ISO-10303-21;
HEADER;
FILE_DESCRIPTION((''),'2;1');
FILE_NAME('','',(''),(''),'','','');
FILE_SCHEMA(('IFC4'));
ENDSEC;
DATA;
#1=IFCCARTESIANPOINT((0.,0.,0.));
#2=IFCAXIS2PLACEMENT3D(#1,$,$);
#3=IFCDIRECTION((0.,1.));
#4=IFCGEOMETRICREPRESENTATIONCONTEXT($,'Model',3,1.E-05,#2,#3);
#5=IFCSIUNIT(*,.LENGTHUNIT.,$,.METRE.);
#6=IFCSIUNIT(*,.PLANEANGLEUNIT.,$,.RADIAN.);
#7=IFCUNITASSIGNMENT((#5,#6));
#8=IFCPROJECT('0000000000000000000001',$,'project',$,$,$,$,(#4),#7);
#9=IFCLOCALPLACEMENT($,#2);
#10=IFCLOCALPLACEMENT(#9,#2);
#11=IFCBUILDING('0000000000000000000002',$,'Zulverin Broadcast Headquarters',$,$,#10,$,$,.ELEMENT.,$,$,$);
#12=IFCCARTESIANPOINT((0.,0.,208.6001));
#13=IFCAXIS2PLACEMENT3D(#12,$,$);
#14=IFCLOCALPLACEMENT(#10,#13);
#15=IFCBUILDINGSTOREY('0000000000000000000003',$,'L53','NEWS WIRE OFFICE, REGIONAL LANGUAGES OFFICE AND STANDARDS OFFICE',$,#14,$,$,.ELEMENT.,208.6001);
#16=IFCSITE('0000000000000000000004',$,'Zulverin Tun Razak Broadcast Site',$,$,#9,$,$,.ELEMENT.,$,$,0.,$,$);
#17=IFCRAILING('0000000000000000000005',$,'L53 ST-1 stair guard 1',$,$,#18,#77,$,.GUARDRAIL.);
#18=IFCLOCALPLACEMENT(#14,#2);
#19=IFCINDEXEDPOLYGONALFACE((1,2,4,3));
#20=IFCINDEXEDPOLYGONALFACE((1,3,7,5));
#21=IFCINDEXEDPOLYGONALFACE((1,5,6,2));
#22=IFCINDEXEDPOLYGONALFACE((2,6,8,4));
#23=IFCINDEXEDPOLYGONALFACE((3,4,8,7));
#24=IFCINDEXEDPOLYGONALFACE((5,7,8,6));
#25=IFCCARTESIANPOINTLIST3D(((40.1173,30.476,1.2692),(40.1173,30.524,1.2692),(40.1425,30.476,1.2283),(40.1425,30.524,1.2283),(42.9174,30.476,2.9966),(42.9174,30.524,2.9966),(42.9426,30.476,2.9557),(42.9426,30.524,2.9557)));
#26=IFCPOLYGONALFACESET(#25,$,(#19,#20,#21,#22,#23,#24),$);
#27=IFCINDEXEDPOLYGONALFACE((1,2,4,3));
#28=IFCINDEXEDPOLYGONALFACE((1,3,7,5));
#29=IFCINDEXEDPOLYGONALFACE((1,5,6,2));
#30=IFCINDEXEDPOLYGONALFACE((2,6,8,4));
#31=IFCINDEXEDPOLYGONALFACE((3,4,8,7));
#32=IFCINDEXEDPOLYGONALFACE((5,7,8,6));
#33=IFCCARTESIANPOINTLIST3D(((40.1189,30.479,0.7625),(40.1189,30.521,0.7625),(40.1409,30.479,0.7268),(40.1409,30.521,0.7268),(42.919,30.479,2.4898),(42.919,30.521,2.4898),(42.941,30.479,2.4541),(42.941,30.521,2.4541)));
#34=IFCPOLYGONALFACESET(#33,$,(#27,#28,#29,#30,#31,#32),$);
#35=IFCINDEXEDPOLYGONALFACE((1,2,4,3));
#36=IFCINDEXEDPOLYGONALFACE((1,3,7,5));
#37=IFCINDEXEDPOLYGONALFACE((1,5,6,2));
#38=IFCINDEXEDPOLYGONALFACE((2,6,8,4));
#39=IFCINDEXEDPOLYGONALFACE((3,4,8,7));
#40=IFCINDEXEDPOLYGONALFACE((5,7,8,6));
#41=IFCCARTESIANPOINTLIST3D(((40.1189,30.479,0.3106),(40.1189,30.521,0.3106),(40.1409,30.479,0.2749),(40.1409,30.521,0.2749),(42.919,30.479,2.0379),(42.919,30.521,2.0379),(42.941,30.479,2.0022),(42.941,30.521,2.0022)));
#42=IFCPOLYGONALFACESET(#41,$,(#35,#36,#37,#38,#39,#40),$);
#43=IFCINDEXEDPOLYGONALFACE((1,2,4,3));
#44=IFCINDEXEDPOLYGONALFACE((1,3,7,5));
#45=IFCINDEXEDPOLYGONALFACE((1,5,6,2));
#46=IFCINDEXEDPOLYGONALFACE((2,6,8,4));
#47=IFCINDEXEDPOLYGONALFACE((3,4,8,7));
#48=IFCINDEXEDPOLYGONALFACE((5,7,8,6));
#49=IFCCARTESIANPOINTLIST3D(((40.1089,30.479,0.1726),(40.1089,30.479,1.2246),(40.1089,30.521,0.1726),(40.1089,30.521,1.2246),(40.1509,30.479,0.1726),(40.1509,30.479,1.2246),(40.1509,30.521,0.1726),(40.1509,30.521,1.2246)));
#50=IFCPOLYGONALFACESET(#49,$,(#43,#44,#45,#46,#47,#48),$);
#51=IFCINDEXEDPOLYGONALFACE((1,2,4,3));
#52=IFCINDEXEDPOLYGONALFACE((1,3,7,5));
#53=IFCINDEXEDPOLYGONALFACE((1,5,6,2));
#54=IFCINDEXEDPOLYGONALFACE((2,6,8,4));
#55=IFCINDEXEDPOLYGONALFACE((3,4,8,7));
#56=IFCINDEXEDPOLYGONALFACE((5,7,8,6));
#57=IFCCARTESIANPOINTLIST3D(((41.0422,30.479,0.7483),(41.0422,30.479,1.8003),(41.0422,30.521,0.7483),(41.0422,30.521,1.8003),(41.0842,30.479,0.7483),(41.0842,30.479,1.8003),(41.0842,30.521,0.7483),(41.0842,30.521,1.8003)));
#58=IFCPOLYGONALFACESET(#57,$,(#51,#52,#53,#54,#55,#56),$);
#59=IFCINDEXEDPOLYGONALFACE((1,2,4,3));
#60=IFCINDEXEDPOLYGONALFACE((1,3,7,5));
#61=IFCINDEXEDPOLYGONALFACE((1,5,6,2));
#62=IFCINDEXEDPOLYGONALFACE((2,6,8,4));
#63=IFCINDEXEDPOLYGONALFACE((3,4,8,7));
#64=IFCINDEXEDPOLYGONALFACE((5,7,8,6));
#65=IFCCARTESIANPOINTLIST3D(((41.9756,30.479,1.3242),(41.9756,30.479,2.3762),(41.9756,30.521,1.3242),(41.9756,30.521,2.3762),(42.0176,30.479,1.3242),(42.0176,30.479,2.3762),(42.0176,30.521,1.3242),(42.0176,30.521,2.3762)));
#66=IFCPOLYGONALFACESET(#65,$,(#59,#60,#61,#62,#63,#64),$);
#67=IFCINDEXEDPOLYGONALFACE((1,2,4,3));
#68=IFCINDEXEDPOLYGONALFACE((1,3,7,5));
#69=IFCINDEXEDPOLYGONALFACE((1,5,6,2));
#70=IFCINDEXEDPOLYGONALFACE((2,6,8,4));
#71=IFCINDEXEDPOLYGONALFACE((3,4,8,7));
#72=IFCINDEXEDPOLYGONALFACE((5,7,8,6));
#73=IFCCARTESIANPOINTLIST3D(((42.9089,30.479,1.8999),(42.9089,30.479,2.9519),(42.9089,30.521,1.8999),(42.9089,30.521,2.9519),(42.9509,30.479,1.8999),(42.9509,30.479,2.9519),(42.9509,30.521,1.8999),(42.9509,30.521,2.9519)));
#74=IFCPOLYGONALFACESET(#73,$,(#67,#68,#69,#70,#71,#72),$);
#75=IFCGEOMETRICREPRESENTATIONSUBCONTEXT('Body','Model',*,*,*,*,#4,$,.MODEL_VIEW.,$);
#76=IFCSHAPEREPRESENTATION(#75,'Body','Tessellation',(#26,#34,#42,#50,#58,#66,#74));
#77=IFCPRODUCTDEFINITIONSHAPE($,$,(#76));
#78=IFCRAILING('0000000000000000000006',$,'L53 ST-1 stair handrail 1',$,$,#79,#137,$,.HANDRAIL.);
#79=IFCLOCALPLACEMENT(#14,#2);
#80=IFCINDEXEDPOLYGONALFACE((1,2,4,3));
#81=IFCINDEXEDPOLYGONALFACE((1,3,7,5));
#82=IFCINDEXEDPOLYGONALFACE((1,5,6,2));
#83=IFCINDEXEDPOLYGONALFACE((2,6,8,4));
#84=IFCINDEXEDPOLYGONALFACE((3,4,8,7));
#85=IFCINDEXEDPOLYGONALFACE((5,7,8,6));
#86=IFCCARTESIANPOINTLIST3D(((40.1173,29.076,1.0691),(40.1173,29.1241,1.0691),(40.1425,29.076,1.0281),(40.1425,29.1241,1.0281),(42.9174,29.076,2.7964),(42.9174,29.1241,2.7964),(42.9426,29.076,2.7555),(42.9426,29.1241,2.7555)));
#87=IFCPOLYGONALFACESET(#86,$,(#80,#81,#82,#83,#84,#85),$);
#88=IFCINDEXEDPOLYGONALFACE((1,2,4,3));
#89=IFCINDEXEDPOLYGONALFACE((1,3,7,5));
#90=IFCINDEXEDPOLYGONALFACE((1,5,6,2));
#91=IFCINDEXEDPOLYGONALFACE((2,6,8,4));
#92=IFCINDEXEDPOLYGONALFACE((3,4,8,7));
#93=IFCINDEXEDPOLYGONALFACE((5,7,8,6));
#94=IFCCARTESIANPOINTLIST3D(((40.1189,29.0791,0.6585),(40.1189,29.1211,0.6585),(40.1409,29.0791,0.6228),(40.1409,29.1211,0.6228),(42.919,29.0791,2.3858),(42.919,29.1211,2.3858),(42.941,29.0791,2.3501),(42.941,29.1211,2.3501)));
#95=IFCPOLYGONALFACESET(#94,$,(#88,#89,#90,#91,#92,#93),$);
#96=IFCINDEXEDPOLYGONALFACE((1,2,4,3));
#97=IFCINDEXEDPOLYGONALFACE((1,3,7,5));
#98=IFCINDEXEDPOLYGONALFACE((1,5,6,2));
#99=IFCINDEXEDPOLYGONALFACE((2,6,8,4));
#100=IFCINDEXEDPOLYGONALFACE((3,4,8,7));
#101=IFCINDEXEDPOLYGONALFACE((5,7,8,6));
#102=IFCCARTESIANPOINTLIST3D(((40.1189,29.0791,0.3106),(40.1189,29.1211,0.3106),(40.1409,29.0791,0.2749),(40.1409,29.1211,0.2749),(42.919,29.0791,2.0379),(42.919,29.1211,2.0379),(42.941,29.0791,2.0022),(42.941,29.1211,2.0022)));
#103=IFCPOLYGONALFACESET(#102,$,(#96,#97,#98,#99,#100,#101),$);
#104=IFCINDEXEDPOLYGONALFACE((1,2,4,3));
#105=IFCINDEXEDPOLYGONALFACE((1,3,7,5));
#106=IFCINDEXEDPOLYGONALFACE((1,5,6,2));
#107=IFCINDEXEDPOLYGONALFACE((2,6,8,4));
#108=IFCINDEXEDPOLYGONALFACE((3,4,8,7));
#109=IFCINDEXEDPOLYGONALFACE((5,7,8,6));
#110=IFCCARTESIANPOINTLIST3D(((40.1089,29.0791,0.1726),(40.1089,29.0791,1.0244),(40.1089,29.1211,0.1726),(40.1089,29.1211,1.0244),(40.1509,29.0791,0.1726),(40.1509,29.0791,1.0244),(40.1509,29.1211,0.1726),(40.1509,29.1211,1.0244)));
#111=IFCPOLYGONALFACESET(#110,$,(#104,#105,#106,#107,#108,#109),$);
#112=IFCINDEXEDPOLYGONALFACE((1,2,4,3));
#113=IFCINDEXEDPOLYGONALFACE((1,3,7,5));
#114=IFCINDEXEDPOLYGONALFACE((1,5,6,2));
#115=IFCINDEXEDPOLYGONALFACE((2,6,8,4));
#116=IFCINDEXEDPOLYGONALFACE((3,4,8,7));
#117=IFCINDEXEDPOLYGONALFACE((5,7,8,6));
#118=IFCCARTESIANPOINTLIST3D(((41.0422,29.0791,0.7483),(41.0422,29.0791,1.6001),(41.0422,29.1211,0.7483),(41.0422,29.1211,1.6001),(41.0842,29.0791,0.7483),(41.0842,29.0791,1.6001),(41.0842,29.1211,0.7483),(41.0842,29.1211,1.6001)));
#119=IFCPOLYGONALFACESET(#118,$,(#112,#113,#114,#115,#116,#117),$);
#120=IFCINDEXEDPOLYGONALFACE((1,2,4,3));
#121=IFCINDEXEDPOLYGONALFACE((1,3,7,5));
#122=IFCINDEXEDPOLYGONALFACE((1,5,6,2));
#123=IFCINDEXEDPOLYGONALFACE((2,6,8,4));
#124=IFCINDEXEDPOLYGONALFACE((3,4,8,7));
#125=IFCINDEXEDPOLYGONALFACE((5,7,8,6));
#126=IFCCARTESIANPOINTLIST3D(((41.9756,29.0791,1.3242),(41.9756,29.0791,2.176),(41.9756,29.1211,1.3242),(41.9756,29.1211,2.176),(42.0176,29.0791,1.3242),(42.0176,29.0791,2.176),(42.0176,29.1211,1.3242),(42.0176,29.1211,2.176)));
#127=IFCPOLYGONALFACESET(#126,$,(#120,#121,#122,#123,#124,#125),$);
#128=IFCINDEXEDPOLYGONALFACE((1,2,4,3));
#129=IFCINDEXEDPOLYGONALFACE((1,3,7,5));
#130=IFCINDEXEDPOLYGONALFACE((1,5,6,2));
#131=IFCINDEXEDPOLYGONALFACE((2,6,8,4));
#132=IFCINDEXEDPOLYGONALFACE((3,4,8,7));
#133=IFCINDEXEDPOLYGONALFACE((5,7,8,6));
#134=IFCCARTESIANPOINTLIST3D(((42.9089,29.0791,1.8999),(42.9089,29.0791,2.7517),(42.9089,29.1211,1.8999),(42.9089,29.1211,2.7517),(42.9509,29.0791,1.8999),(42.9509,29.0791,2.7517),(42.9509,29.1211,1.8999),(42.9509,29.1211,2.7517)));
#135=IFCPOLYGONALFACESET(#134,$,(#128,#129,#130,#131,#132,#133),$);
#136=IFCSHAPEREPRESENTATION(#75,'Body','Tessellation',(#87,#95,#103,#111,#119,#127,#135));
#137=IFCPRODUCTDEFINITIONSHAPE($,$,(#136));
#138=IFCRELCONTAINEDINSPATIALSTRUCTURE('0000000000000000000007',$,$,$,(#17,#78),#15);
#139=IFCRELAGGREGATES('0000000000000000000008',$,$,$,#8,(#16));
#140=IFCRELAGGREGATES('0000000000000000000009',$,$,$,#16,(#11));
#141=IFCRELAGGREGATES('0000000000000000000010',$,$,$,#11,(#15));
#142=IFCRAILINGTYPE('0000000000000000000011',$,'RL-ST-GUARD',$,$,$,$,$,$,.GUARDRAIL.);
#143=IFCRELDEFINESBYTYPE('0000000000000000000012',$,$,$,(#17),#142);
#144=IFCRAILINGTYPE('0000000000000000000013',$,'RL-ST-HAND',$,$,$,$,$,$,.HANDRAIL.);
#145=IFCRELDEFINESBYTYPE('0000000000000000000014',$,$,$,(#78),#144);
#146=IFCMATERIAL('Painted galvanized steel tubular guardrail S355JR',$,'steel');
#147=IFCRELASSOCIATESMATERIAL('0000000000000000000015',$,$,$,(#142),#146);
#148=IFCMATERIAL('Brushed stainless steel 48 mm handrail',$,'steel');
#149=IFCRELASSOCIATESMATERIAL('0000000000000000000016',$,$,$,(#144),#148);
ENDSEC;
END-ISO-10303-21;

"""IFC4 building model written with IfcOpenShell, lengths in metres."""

from ifc_helpers import new_model, si_unit, direction, frame, origin, origin_2d, place, context, subcontext, project, spatial, rectangle, extrude, material, type_object, element, save


model = new_model("IFC4")

# Units and contexts
model_context = context("Model", 3, precision=1e-05, world=origin(), true_north=direction((0.0, 1.0)))
body_context = subcontext(model_context, "Body", "Model", "MODEL_VIEW")
ifc_project = project(units=[si_unit("LENGTHUNIT", "METRE"), si_unit("PLANEANGLEUNIT", "RADIAN")], contexts=[model_context])

# Site, building, storey
site_placement = place(None, origin())
site = spatial("IfcSite", under=ifc_project, at=site_placement, Name="Zulverin Tun Razak Broadcast Site", CompositionType="ELEMENT", RefElevation=0.0)
building_placement = place(site_placement, origin())
building = spatial("IfcBuilding", under=site, at=building_placement, Name="Zulverin Broadcast Headquarters", CompositionType="ELEMENT")
storey_placement = place(building_placement, frame((0.0, 0.0, 208.6001)))
storey = spatial("IfcBuildingStorey", under=building, at=storey_placement, Name="L53", Description="NEWS WIRE OFFICE, REGIONAL LANGUAGES OFFICE AND STANDARDS OFFICE", CompositionType="ELEMENT", Elevation=208.6001)

# Railings
ifc_material_1 = material(Name="Painted galvanized steel tubular guardrail S355JR", Category="steel")
railing_type_1 = type_object("IfcRailingType", Name="RL-ST-GUARD", PredefinedType="GUARDRAIL", material=ifc_material_1)
railing_1_placement = place(storey_placement, frame((40.1299, 30.5, 0.1726)))
element("IfcRailing", 1, at=railing_1_placement, inside=storey, type_object=railing_type_1, Name="L53 ST-1 stair guard 1", PredefinedType="GUARDRAIL", context=body_context, shape_type="SweptSolid", body=[
    extrude(rectangle(XDim=0.0481, YDim=0.0481, at=origin_2d()), frame((0.0, 0.0, 1.0762), z_axis=(0.85109, 0.0, 0.52502), x_axis=(0.0, 1.0, 0.0)), (0.0, 0.0, 1.0), 3.29),
    extrude(rectangle(XDim=0.042, YDim=0.042, at=origin_2d()), frame((0.0, 0.0, 0.572), z_axis=(0.85109, 0.0, 0.52502), x_axis=(0.0, 1.0, 0.0)), (0.0, 0.0, 1.0), 3.29),
    extrude(rectangle(XDim=0.042, YDim=0.042, at=origin_2d()), frame((0.0, 0.0, 0.1201), z_axis=(0.85109, 0.0, 0.52502), x_axis=(0.0, 1.0, 0.0)), (0.0, 0.0, 1.0), 3.29),
    extrude(rectangle(XDim=0.042, YDim=0.042, at=origin_2d()), origin(), (0.0, 0.0, 1.0), 1.052),
    extrude(rectangle(XDim=0.042, YDim=0.042, at=origin_2d()), frame((0.9333, 0.0, 0.5757)), (0.0, 0.0, 1.0), 1.052),
    extrude(rectangle(XDim=0.042, YDim=0.042, at=origin_2d()), frame((1.8667, 0.0, 1.1516)), (0.0, 0.0, 1.0), 1.052),
    extrude(rectangle(XDim=0.042, YDim=0.042, at=origin_2d()), frame((2.8, 0.0, 1.7273)), (0.0, 0.0, 1.0), 1.052),
])
ifc_material_2 = material(Name="Brushed stainless steel 48 mm handrail", Category="steel")
railing_type_2 = type_object("IfcRailingType", Name="RL-ST-HAND", PredefinedType="HANDRAIL", material=ifc_material_2)
railing_2_placement = place(storey_placement, frame((40.1299, 29.1001, 0.1726)))
element("IfcRailing", 2, at=railing_2_placement, inside=storey, type_object=railing_type_2, Name="L53 ST-1 stair handrail 1", PredefinedType="HANDRAIL", context=body_context, shape_type="SweptSolid", body=[
    extrude(rectangle(XDim=0.0481, YDim=0.0481, at=origin_2d()), frame((0.0, 0.0, 0.876), z_axis=(0.85109, 0.0, 0.52502), x_axis=(0.0, 1.0, 0.0)), (0.0, 0.0, 1.0), 3.29),
    extrude(rectangle(XDim=0.042, YDim=0.042, at=origin_2d()), frame((0.0, 0.0, 0.468), z_axis=(0.85109, 0.0, 0.52502), x_axis=(0.0, 1.0, 0.0)), (0.0, 0.0, 1.0), 3.29),
    extrude(rectangle(XDim=0.042, YDim=0.042, at=origin_2d()), frame((0.0, 0.0, 0.1201), z_axis=(0.85109, 0.0, 0.52502), x_axis=(0.0, 1.0, 0.0)), (0.0, 0.0, 1.0), 3.29),
    extrude(rectangle(XDim=0.042, YDim=0.042, at=origin_2d()), origin(), (0.0, 0.0, 1.0), 0.8518),
    extrude(rectangle(XDim=0.042, YDim=0.042, at=origin_2d()), frame((0.9333, 0.0, 0.5757)), (0.0, 0.0, 1.0), 0.8518),
    extrude(rectangle(XDim=0.042, YDim=0.042, at=origin_2d()), frame((1.8667, 0.0, 1.1516)), (0.0, 0.0, 1.0), 0.8518),
    extrude(rectangle(XDim=0.042, YDim=0.042, at=origin_2d()), frame((2.8, 0.0, 1.7273)), (0.0, 0.0, 1.0), 0.8518),
])

save(model, "model.ifc")
